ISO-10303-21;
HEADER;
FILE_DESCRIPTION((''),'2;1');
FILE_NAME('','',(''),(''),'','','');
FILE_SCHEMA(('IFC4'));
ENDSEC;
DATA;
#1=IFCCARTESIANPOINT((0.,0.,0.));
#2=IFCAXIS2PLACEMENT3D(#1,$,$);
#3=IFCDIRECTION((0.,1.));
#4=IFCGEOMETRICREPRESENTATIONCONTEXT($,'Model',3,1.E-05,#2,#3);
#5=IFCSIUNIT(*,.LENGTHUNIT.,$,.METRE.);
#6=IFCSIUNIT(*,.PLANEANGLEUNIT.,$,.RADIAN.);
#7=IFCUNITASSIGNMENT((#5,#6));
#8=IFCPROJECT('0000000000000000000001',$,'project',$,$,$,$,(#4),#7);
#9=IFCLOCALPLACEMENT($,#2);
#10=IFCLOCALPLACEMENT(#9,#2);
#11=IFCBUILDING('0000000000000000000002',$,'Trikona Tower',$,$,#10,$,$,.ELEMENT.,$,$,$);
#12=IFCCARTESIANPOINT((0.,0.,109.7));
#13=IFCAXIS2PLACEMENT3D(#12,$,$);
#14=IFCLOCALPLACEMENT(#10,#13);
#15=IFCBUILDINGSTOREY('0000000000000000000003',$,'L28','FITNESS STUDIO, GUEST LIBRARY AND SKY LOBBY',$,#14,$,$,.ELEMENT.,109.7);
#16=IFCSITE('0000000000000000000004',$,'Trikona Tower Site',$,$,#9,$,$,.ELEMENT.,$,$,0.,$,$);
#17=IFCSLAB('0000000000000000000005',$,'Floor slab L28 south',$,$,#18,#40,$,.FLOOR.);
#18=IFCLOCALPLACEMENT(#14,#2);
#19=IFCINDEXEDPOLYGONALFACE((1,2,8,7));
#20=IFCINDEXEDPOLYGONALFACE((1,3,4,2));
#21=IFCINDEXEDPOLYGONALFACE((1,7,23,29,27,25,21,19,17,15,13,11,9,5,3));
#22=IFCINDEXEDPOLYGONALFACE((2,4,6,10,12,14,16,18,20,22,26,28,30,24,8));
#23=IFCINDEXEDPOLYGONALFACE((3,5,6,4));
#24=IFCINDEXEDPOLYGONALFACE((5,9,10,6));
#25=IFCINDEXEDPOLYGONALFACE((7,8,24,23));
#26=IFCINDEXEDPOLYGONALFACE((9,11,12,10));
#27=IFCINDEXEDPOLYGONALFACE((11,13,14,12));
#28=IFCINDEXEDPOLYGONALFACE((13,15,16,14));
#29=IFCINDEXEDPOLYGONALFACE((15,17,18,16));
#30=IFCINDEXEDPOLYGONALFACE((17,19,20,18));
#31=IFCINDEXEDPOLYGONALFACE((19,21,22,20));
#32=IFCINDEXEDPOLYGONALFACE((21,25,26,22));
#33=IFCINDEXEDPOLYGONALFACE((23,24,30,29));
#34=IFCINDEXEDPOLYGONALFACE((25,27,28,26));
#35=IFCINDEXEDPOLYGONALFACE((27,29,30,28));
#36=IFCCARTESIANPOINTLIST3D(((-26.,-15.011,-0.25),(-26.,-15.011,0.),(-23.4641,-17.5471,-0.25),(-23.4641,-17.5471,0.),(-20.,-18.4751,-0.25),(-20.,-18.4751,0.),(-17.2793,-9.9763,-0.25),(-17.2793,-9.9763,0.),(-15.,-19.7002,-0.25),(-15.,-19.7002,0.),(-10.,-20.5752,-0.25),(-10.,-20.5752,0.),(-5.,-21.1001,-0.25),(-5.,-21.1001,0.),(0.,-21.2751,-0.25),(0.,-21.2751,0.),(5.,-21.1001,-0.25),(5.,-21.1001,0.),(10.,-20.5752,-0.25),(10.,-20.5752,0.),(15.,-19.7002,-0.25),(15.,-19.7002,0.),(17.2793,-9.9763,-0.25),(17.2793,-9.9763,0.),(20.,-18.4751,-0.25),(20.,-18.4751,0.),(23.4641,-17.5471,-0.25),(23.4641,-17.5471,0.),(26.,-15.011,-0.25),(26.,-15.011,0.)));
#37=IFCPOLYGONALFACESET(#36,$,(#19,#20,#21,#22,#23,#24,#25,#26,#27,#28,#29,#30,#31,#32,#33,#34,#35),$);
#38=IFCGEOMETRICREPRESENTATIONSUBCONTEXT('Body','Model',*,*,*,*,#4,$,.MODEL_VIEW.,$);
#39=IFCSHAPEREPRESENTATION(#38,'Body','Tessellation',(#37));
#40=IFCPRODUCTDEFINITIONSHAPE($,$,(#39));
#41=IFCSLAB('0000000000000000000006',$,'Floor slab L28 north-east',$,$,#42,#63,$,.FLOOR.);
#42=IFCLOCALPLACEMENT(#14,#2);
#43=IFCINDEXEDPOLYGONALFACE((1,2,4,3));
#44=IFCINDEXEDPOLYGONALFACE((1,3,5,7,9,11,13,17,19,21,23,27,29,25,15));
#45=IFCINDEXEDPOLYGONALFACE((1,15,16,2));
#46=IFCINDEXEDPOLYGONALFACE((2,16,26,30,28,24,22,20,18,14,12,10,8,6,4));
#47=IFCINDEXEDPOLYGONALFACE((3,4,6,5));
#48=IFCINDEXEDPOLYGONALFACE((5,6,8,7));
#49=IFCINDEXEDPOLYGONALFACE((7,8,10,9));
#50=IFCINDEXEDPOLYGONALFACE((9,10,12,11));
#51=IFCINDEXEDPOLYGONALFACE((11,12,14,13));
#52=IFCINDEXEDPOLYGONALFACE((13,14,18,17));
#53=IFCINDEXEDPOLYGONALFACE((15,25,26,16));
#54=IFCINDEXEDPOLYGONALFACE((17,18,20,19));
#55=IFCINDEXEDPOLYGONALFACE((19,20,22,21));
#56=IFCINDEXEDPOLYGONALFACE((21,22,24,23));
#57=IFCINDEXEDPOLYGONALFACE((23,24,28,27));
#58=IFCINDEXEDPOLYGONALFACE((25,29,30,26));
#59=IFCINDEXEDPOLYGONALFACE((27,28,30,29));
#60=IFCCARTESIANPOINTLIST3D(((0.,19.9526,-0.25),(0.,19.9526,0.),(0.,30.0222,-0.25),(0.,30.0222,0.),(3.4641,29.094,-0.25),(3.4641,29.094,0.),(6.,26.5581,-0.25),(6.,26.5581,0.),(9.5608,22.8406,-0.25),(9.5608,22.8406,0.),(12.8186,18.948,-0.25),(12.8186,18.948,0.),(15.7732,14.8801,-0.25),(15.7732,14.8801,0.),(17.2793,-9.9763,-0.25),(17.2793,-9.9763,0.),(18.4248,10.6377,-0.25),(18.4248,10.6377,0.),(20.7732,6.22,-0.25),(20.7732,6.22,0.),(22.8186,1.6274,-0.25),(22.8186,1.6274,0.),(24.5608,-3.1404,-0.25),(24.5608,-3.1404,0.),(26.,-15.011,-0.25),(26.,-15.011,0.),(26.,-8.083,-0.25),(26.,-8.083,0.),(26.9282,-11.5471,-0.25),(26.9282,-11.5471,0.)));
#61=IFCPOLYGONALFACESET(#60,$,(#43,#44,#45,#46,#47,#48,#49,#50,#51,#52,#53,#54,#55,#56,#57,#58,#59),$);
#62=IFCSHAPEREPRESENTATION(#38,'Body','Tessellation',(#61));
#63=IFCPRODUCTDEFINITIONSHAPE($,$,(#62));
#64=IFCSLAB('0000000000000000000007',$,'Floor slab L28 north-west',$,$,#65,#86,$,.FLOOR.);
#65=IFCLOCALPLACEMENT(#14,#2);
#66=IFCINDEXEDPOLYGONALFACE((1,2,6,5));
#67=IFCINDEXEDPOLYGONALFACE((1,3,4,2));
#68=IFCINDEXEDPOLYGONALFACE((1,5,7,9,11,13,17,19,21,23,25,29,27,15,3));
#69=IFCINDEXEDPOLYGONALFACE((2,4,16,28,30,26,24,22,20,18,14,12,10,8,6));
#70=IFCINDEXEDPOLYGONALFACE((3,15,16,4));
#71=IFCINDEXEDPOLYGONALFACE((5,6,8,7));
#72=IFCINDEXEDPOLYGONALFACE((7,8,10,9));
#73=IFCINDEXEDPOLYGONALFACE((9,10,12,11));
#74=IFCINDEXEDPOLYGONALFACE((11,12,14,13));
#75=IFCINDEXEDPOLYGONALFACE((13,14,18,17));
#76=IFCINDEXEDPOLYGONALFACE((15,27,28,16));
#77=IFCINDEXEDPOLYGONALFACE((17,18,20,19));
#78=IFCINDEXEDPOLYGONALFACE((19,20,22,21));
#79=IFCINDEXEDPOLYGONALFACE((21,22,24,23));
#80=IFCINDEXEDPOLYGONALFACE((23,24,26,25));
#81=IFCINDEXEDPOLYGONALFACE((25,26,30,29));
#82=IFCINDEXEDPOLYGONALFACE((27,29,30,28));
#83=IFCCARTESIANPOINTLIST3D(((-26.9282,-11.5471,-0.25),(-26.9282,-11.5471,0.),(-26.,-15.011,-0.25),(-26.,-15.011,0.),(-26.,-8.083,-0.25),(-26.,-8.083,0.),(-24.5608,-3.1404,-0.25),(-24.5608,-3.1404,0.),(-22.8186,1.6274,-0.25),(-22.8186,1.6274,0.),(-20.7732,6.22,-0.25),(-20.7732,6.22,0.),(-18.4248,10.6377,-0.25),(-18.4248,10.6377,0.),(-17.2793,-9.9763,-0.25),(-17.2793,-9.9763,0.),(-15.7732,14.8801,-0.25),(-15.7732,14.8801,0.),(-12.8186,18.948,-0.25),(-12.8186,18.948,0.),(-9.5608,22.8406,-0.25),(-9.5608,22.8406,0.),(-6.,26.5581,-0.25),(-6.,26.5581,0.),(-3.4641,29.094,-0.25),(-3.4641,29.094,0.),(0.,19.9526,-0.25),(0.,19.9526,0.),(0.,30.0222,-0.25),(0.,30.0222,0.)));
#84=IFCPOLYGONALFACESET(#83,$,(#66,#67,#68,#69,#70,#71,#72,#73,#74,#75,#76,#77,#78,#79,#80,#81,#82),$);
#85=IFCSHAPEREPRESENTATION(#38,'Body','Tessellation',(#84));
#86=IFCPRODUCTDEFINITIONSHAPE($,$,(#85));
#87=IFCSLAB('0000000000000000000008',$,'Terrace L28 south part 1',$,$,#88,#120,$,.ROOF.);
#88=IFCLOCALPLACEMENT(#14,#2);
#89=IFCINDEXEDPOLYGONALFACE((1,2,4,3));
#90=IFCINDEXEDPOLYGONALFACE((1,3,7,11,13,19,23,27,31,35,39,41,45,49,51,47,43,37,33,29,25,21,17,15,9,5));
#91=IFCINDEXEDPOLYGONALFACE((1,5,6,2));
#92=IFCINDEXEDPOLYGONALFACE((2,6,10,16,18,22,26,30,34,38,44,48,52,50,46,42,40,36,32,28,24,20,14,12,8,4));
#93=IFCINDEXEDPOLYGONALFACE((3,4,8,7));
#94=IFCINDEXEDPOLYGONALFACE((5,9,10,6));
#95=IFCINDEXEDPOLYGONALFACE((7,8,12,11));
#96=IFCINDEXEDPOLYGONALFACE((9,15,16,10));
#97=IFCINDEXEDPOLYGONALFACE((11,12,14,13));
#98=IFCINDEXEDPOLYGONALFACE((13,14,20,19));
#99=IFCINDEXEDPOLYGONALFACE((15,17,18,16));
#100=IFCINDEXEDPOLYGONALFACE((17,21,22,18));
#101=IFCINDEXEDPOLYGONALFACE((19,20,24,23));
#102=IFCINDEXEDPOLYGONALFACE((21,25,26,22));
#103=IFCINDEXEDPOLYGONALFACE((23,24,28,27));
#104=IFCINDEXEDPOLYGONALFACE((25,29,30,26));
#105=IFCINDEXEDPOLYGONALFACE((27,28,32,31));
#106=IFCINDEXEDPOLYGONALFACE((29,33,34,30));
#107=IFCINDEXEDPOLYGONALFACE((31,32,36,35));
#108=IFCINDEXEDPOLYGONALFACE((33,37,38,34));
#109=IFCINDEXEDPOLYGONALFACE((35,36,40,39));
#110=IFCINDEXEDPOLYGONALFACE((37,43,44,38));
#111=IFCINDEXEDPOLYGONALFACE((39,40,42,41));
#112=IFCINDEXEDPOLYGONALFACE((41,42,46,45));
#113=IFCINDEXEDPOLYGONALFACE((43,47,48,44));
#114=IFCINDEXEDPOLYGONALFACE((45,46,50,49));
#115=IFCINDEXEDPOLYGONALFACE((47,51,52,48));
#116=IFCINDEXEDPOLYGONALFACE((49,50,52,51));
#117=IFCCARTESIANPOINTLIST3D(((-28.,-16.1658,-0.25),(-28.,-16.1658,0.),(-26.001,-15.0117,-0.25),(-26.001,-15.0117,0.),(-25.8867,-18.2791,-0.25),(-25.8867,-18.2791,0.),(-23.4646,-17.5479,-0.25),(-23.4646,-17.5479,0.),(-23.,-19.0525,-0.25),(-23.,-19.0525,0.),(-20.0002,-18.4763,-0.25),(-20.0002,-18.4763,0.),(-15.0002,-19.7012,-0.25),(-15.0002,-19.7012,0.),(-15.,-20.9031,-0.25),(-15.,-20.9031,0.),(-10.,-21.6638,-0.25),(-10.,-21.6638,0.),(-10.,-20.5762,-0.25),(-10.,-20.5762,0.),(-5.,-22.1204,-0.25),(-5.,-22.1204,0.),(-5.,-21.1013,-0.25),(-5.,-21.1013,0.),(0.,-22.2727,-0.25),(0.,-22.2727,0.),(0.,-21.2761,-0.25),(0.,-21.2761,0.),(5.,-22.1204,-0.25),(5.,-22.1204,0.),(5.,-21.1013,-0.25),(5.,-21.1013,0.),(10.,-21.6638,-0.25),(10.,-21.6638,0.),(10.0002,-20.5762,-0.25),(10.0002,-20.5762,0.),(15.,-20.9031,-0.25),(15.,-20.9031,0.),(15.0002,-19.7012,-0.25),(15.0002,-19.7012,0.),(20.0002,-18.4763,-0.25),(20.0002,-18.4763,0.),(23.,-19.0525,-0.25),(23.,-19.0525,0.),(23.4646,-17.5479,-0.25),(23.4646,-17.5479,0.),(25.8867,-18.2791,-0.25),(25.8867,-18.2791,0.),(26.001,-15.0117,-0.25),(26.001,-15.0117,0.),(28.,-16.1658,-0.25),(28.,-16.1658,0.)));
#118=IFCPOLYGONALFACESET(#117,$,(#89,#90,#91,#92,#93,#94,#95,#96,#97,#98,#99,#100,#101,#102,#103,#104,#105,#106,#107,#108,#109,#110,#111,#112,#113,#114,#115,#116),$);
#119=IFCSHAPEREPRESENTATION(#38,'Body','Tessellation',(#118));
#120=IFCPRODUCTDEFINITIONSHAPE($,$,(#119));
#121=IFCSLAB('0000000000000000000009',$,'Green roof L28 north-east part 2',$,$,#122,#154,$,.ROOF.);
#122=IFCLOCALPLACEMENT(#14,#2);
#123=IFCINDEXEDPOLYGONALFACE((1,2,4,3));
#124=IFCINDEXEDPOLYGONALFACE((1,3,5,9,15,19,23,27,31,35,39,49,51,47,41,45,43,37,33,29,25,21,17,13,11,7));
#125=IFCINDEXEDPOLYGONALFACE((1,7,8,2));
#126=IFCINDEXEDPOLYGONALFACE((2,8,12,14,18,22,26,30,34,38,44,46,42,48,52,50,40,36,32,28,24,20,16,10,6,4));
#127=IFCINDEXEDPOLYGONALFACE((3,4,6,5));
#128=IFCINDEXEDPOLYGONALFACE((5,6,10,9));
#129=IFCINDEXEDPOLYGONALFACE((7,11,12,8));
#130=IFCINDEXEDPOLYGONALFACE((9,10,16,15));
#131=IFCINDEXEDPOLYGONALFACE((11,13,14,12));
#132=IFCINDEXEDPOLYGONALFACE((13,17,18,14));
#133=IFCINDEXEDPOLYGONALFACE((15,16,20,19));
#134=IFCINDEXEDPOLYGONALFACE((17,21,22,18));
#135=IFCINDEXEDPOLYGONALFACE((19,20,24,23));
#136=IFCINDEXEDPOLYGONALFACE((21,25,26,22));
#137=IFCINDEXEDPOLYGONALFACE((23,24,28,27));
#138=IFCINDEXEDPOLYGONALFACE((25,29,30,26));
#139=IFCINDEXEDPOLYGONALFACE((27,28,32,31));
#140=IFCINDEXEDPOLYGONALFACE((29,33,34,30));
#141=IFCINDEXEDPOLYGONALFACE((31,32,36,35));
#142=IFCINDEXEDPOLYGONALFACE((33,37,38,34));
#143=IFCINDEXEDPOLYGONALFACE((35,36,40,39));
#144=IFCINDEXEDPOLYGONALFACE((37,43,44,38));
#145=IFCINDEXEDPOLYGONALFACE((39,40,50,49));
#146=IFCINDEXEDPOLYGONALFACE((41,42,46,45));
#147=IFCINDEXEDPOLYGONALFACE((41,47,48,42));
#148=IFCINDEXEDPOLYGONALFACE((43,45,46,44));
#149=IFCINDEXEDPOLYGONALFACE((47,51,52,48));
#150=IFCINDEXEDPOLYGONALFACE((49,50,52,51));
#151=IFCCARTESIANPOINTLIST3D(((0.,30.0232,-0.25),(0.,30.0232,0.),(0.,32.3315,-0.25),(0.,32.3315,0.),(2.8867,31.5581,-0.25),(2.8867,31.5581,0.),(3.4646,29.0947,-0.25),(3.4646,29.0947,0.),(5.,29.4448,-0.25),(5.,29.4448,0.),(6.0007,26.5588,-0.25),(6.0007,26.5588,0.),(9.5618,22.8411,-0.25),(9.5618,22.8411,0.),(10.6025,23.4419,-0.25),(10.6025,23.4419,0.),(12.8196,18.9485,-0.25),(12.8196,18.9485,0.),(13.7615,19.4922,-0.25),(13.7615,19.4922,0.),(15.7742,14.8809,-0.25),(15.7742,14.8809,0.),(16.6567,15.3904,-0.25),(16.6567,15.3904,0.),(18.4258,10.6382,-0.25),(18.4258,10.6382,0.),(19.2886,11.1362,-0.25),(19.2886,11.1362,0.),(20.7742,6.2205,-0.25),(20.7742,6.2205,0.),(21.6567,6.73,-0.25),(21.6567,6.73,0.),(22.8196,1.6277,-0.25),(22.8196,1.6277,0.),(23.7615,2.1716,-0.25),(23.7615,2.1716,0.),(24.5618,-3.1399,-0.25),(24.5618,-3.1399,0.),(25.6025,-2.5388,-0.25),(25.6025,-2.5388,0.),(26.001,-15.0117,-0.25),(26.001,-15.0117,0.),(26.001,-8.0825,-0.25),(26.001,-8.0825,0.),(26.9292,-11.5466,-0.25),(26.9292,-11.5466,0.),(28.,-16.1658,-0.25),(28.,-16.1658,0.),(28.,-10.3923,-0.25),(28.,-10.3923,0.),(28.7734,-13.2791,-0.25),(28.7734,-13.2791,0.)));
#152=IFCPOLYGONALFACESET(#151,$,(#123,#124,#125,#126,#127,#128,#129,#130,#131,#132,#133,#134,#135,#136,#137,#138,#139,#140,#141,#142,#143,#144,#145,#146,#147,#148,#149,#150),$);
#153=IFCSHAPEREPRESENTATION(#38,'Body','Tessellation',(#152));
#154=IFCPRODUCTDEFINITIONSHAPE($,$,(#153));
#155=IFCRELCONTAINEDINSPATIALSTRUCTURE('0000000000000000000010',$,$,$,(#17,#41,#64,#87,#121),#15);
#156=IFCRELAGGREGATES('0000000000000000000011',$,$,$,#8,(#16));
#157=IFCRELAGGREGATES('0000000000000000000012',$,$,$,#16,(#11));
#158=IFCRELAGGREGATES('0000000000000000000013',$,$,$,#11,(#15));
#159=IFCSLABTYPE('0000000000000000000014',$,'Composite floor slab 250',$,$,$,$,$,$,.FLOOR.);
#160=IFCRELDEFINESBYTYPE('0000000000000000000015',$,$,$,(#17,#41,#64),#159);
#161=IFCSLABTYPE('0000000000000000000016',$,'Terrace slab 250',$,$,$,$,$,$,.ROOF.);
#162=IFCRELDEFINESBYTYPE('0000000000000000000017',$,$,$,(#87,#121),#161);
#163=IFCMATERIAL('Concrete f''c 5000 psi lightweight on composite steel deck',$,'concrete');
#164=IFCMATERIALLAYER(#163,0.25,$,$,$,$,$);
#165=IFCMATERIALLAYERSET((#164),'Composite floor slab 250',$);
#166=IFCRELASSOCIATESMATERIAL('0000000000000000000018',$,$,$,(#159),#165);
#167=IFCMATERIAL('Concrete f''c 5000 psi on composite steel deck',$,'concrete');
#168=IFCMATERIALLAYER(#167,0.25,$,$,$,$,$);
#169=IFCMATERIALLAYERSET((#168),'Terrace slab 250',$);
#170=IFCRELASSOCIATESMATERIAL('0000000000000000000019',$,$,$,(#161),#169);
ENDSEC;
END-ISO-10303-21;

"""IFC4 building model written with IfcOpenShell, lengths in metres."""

from ifc_helpers import new_model, si_unit, direction, frame, origin, place, context, subcontext, project, spatial, polyline, outline, extrude, material, layer, layer_set, type_object, element, save


model = new_model("IFC4")

# Units and contexts
model_context = context("Model", 3, precision=1e-05, world=origin(), true_north=direction((0.0, 1.0)))
body_context = subcontext(model_context, "Body", "Model", "MODEL_VIEW")
ifc_project = project(units=[si_unit("LENGTHUNIT", "METRE"), si_unit("PLANEANGLEUNIT", "RADIAN")], contexts=[model_context])

# Site, building, storey
site_placement = place(None, origin())
site = spatial("IfcSite", under=ifc_project, at=site_placement, Name="Trikona Tower Site", CompositionType="ELEMENT", RefElevation=0.0)
building_placement = place(site_placement, origin())
building = spatial("IfcBuilding", under=site, at=building_placement, Name="Trikona Tower", CompositionType="ELEMENT")
storey_placement = place(building_placement, frame((0.0, 0.0, 109.7)))
storey = spatial("IfcBuildingStorey", under=building, at=storey_placement, Name="L28", Description="FITNESS STUDIO, GUEST LIBRARY AND SKY LOBBY", CompositionType="ELEMENT", Elevation=109.7)

# Slabs
ifc_material_1 = material(Name="Concrete f'c 5000 psi lightweight on composite steel deck", Category="concrete")
ifc_layer_1 = layer(ifc_material_1, 0.25)
ifc_layer_set_1 = layer_set([ifc_layer_1], Name="Composite floor slab 250")
slab_type_1 = type_object("IfcSlabType", Name="Composite floor slab 250", PredefinedType="FLOOR", material=ifc_layer_set_1)
slab_1_placement = place(storey_placement, frame((0.0, 0.0, -0.25)))
element("IfcSlab", 1, at=slab_1_placement, inside=storey, type_object=slab_type_1, Name="Floor slab L28 south", PredefinedType="FLOOR", context=body_context, shape_type="SweptSolid", body=[
    extrude(outline(polyline([(23.4641, -17.5471), (26.0, -15.011), (17.2793, -9.9763), (-17.2793, -9.9763), (-26.0, -15.011), (-23.4641, -17.5471), (-20.0, -18.4751), (-15.0, -19.7002), (-10.0, -20.5752), (-5.0, -21.1001), (0.0, -21.2751), (5.0, -21.1001), (10.0, -20.5752), (15.0, -19.7002), (20.0, -18.4751), (23.4641, -17.5471)])), origin(), (0.0, 0.0, 1.0), 0.25),
])
slab_2_placement = place(storey_placement, frame((0.0, 0.0, -0.25)))
element("IfcSlab", 2, at=slab_2_placement, inside=storey, type_object=slab_type_1, Name="Floor slab L28 north-east", PredefinedType="FLOOR", context=body_context, shape_type="SweptSolid", body=[
    extrude(outline(polyline([(3.4641, 29.094), (0.0, 30.0222), (0.0, 19.9526), (17.2793, -9.9763), (26.0, -15.011), (26.9282, -11.5471), (26.0, -8.083), (24.5608, -3.1404), (22.8186, 1.6274), (20.7732, 6.22), (18.4248, 10.6377), (15.7732, 14.8801), (12.8186, 18.948), (9.5608, 22.8406), (6.0, 26.5581), (3.4641, 29.094)])), origin(), (0.0, 0.0, 1.0), 0.25),
])
slab_3_placement = place(storey_placement, frame((0.0, 0.0, -0.25)))
element("IfcSlab", 3, at=slab_3_placement, inside=storey, type_object=slab_type_1, Name="Floor slab L28 north-west", PredefinedType="FLOOR", context=body_context, shape_type="SweptSolid", body=[
    extrude(outline(polyline([(0.0, 19.9526), (0.0, 30.0222), (-3.4641, 29.094), (-6.0, 26.5581), (-9.5608, 22.8406), (-12.8186, 18.948), (-15.7732, 14.8801), (-18.4248, 10.6377), (-20.7732, 6.22), (-22.8186, 1.6274), (-24.5608, -3.1404), (-26.0, -8.083), (-26.9282, -11.5471), (-26.0, -15.011), (-17.2793, -9.9763), (0.0, 19.9526)])), origin(), (0.0, 0.0, 1.0), 0.25),
])
ifc_material_2 = material(Name="Concrete f'c 5000 psi on composite steel deck", Category="concrete")
ifc_layer_2 = layer(ifc_material_2, 0.25)
ifc_layer_set_2 = layer_set([ifc_layer_2], Name="Terrace slab 250")
slab_type_2 = type_object("IfcSlabType", Name="Terrace slab 250", PredefinedType="ROOF", material=ifc_layer_set_2)
slab_4_placement = place(storey_placement, frame((0.0, 0.0, -0.25)))
element("IfcSlab", 4, at=slab_4_placement, inside=storey, type_object=slab_type_2, Name="Terrace L28 south part 1", PredefinedType="ROOF", context=body_context, shape_type="SweptSolid", body=[
    extrude(outline(polyline([(-28.0, -16.1658), (-25.8867, -18.2791), (-23.0, -19.0525), (-15.0, -20.9031), (-10.0, -21.6638), (-5.0, -22.1204), (0.0, -22.2727), (5.0, -22.1204), (10.0, -21.6638), (15.0, -20.9031), (23.0, -19.0525), (25.8867, -18.2791), (28.0, -16.1658), (26.001, -15.0117), (23.4646, -17.5479), (20.0002, -18.4763), (15.0002, -19.7012), (10.0002, -20.5762), (5.0, -21.1013), (0.0, -21.2761), (-5.0, -21.1013), (-10.0, -20.5762), (-15.0002, -19.7012), (-20.0002, -18.4763), (-23.4646, -17.5479), (-26.001, -15.0117), (-28.0, -16.1658)])), origin(), (0.0, 0.0, 1.0), 0.25),
])
slab_5_placement = place(storey_placement, frame((0.0, 0.0, -0.25)))
element("IfcSlab", 5, at=slab_5_placement, inside=storey, type_object=slab_type_2, Name="Green roof L28 north-east part 2", PredefinedType="ROOF", context=body_context, shape_type="SweptSolid", body=[
    extrude(outline(polyline([(2.8867, 31.5581), (0.0, 32.3315), (0.0, 30.0232), (3.4646, 29.0947), (6.0007, 26.5588), (9.5618, 22.8411), (12.8196, 18.9485), (15.7742, 14.8809), (18.4258, 10.6382), (20.7742, 6.2205), (22.8196, 1.6277), (24.5618, -3.1399), (26.001, -8.0825), (26.9292, -11.5466), (26.001, -15.0117), (28.0, -16.1658), (28.7734, -13.2791), (28.0, -10.3923), (25.6025, -2.5388), (23.7615, 2.1716), (21.6567, 6.73), (19.2886, 11.1362), (16.6567, 15.3904), (13.7615, 19.4922), (10.6025, 23.4419), (5.0, 29.4448), (2.8867, 31.5581)])), origin(), (0.0, 0.0, 1.0), 0.25),
])

save(model, "model.ifc")
